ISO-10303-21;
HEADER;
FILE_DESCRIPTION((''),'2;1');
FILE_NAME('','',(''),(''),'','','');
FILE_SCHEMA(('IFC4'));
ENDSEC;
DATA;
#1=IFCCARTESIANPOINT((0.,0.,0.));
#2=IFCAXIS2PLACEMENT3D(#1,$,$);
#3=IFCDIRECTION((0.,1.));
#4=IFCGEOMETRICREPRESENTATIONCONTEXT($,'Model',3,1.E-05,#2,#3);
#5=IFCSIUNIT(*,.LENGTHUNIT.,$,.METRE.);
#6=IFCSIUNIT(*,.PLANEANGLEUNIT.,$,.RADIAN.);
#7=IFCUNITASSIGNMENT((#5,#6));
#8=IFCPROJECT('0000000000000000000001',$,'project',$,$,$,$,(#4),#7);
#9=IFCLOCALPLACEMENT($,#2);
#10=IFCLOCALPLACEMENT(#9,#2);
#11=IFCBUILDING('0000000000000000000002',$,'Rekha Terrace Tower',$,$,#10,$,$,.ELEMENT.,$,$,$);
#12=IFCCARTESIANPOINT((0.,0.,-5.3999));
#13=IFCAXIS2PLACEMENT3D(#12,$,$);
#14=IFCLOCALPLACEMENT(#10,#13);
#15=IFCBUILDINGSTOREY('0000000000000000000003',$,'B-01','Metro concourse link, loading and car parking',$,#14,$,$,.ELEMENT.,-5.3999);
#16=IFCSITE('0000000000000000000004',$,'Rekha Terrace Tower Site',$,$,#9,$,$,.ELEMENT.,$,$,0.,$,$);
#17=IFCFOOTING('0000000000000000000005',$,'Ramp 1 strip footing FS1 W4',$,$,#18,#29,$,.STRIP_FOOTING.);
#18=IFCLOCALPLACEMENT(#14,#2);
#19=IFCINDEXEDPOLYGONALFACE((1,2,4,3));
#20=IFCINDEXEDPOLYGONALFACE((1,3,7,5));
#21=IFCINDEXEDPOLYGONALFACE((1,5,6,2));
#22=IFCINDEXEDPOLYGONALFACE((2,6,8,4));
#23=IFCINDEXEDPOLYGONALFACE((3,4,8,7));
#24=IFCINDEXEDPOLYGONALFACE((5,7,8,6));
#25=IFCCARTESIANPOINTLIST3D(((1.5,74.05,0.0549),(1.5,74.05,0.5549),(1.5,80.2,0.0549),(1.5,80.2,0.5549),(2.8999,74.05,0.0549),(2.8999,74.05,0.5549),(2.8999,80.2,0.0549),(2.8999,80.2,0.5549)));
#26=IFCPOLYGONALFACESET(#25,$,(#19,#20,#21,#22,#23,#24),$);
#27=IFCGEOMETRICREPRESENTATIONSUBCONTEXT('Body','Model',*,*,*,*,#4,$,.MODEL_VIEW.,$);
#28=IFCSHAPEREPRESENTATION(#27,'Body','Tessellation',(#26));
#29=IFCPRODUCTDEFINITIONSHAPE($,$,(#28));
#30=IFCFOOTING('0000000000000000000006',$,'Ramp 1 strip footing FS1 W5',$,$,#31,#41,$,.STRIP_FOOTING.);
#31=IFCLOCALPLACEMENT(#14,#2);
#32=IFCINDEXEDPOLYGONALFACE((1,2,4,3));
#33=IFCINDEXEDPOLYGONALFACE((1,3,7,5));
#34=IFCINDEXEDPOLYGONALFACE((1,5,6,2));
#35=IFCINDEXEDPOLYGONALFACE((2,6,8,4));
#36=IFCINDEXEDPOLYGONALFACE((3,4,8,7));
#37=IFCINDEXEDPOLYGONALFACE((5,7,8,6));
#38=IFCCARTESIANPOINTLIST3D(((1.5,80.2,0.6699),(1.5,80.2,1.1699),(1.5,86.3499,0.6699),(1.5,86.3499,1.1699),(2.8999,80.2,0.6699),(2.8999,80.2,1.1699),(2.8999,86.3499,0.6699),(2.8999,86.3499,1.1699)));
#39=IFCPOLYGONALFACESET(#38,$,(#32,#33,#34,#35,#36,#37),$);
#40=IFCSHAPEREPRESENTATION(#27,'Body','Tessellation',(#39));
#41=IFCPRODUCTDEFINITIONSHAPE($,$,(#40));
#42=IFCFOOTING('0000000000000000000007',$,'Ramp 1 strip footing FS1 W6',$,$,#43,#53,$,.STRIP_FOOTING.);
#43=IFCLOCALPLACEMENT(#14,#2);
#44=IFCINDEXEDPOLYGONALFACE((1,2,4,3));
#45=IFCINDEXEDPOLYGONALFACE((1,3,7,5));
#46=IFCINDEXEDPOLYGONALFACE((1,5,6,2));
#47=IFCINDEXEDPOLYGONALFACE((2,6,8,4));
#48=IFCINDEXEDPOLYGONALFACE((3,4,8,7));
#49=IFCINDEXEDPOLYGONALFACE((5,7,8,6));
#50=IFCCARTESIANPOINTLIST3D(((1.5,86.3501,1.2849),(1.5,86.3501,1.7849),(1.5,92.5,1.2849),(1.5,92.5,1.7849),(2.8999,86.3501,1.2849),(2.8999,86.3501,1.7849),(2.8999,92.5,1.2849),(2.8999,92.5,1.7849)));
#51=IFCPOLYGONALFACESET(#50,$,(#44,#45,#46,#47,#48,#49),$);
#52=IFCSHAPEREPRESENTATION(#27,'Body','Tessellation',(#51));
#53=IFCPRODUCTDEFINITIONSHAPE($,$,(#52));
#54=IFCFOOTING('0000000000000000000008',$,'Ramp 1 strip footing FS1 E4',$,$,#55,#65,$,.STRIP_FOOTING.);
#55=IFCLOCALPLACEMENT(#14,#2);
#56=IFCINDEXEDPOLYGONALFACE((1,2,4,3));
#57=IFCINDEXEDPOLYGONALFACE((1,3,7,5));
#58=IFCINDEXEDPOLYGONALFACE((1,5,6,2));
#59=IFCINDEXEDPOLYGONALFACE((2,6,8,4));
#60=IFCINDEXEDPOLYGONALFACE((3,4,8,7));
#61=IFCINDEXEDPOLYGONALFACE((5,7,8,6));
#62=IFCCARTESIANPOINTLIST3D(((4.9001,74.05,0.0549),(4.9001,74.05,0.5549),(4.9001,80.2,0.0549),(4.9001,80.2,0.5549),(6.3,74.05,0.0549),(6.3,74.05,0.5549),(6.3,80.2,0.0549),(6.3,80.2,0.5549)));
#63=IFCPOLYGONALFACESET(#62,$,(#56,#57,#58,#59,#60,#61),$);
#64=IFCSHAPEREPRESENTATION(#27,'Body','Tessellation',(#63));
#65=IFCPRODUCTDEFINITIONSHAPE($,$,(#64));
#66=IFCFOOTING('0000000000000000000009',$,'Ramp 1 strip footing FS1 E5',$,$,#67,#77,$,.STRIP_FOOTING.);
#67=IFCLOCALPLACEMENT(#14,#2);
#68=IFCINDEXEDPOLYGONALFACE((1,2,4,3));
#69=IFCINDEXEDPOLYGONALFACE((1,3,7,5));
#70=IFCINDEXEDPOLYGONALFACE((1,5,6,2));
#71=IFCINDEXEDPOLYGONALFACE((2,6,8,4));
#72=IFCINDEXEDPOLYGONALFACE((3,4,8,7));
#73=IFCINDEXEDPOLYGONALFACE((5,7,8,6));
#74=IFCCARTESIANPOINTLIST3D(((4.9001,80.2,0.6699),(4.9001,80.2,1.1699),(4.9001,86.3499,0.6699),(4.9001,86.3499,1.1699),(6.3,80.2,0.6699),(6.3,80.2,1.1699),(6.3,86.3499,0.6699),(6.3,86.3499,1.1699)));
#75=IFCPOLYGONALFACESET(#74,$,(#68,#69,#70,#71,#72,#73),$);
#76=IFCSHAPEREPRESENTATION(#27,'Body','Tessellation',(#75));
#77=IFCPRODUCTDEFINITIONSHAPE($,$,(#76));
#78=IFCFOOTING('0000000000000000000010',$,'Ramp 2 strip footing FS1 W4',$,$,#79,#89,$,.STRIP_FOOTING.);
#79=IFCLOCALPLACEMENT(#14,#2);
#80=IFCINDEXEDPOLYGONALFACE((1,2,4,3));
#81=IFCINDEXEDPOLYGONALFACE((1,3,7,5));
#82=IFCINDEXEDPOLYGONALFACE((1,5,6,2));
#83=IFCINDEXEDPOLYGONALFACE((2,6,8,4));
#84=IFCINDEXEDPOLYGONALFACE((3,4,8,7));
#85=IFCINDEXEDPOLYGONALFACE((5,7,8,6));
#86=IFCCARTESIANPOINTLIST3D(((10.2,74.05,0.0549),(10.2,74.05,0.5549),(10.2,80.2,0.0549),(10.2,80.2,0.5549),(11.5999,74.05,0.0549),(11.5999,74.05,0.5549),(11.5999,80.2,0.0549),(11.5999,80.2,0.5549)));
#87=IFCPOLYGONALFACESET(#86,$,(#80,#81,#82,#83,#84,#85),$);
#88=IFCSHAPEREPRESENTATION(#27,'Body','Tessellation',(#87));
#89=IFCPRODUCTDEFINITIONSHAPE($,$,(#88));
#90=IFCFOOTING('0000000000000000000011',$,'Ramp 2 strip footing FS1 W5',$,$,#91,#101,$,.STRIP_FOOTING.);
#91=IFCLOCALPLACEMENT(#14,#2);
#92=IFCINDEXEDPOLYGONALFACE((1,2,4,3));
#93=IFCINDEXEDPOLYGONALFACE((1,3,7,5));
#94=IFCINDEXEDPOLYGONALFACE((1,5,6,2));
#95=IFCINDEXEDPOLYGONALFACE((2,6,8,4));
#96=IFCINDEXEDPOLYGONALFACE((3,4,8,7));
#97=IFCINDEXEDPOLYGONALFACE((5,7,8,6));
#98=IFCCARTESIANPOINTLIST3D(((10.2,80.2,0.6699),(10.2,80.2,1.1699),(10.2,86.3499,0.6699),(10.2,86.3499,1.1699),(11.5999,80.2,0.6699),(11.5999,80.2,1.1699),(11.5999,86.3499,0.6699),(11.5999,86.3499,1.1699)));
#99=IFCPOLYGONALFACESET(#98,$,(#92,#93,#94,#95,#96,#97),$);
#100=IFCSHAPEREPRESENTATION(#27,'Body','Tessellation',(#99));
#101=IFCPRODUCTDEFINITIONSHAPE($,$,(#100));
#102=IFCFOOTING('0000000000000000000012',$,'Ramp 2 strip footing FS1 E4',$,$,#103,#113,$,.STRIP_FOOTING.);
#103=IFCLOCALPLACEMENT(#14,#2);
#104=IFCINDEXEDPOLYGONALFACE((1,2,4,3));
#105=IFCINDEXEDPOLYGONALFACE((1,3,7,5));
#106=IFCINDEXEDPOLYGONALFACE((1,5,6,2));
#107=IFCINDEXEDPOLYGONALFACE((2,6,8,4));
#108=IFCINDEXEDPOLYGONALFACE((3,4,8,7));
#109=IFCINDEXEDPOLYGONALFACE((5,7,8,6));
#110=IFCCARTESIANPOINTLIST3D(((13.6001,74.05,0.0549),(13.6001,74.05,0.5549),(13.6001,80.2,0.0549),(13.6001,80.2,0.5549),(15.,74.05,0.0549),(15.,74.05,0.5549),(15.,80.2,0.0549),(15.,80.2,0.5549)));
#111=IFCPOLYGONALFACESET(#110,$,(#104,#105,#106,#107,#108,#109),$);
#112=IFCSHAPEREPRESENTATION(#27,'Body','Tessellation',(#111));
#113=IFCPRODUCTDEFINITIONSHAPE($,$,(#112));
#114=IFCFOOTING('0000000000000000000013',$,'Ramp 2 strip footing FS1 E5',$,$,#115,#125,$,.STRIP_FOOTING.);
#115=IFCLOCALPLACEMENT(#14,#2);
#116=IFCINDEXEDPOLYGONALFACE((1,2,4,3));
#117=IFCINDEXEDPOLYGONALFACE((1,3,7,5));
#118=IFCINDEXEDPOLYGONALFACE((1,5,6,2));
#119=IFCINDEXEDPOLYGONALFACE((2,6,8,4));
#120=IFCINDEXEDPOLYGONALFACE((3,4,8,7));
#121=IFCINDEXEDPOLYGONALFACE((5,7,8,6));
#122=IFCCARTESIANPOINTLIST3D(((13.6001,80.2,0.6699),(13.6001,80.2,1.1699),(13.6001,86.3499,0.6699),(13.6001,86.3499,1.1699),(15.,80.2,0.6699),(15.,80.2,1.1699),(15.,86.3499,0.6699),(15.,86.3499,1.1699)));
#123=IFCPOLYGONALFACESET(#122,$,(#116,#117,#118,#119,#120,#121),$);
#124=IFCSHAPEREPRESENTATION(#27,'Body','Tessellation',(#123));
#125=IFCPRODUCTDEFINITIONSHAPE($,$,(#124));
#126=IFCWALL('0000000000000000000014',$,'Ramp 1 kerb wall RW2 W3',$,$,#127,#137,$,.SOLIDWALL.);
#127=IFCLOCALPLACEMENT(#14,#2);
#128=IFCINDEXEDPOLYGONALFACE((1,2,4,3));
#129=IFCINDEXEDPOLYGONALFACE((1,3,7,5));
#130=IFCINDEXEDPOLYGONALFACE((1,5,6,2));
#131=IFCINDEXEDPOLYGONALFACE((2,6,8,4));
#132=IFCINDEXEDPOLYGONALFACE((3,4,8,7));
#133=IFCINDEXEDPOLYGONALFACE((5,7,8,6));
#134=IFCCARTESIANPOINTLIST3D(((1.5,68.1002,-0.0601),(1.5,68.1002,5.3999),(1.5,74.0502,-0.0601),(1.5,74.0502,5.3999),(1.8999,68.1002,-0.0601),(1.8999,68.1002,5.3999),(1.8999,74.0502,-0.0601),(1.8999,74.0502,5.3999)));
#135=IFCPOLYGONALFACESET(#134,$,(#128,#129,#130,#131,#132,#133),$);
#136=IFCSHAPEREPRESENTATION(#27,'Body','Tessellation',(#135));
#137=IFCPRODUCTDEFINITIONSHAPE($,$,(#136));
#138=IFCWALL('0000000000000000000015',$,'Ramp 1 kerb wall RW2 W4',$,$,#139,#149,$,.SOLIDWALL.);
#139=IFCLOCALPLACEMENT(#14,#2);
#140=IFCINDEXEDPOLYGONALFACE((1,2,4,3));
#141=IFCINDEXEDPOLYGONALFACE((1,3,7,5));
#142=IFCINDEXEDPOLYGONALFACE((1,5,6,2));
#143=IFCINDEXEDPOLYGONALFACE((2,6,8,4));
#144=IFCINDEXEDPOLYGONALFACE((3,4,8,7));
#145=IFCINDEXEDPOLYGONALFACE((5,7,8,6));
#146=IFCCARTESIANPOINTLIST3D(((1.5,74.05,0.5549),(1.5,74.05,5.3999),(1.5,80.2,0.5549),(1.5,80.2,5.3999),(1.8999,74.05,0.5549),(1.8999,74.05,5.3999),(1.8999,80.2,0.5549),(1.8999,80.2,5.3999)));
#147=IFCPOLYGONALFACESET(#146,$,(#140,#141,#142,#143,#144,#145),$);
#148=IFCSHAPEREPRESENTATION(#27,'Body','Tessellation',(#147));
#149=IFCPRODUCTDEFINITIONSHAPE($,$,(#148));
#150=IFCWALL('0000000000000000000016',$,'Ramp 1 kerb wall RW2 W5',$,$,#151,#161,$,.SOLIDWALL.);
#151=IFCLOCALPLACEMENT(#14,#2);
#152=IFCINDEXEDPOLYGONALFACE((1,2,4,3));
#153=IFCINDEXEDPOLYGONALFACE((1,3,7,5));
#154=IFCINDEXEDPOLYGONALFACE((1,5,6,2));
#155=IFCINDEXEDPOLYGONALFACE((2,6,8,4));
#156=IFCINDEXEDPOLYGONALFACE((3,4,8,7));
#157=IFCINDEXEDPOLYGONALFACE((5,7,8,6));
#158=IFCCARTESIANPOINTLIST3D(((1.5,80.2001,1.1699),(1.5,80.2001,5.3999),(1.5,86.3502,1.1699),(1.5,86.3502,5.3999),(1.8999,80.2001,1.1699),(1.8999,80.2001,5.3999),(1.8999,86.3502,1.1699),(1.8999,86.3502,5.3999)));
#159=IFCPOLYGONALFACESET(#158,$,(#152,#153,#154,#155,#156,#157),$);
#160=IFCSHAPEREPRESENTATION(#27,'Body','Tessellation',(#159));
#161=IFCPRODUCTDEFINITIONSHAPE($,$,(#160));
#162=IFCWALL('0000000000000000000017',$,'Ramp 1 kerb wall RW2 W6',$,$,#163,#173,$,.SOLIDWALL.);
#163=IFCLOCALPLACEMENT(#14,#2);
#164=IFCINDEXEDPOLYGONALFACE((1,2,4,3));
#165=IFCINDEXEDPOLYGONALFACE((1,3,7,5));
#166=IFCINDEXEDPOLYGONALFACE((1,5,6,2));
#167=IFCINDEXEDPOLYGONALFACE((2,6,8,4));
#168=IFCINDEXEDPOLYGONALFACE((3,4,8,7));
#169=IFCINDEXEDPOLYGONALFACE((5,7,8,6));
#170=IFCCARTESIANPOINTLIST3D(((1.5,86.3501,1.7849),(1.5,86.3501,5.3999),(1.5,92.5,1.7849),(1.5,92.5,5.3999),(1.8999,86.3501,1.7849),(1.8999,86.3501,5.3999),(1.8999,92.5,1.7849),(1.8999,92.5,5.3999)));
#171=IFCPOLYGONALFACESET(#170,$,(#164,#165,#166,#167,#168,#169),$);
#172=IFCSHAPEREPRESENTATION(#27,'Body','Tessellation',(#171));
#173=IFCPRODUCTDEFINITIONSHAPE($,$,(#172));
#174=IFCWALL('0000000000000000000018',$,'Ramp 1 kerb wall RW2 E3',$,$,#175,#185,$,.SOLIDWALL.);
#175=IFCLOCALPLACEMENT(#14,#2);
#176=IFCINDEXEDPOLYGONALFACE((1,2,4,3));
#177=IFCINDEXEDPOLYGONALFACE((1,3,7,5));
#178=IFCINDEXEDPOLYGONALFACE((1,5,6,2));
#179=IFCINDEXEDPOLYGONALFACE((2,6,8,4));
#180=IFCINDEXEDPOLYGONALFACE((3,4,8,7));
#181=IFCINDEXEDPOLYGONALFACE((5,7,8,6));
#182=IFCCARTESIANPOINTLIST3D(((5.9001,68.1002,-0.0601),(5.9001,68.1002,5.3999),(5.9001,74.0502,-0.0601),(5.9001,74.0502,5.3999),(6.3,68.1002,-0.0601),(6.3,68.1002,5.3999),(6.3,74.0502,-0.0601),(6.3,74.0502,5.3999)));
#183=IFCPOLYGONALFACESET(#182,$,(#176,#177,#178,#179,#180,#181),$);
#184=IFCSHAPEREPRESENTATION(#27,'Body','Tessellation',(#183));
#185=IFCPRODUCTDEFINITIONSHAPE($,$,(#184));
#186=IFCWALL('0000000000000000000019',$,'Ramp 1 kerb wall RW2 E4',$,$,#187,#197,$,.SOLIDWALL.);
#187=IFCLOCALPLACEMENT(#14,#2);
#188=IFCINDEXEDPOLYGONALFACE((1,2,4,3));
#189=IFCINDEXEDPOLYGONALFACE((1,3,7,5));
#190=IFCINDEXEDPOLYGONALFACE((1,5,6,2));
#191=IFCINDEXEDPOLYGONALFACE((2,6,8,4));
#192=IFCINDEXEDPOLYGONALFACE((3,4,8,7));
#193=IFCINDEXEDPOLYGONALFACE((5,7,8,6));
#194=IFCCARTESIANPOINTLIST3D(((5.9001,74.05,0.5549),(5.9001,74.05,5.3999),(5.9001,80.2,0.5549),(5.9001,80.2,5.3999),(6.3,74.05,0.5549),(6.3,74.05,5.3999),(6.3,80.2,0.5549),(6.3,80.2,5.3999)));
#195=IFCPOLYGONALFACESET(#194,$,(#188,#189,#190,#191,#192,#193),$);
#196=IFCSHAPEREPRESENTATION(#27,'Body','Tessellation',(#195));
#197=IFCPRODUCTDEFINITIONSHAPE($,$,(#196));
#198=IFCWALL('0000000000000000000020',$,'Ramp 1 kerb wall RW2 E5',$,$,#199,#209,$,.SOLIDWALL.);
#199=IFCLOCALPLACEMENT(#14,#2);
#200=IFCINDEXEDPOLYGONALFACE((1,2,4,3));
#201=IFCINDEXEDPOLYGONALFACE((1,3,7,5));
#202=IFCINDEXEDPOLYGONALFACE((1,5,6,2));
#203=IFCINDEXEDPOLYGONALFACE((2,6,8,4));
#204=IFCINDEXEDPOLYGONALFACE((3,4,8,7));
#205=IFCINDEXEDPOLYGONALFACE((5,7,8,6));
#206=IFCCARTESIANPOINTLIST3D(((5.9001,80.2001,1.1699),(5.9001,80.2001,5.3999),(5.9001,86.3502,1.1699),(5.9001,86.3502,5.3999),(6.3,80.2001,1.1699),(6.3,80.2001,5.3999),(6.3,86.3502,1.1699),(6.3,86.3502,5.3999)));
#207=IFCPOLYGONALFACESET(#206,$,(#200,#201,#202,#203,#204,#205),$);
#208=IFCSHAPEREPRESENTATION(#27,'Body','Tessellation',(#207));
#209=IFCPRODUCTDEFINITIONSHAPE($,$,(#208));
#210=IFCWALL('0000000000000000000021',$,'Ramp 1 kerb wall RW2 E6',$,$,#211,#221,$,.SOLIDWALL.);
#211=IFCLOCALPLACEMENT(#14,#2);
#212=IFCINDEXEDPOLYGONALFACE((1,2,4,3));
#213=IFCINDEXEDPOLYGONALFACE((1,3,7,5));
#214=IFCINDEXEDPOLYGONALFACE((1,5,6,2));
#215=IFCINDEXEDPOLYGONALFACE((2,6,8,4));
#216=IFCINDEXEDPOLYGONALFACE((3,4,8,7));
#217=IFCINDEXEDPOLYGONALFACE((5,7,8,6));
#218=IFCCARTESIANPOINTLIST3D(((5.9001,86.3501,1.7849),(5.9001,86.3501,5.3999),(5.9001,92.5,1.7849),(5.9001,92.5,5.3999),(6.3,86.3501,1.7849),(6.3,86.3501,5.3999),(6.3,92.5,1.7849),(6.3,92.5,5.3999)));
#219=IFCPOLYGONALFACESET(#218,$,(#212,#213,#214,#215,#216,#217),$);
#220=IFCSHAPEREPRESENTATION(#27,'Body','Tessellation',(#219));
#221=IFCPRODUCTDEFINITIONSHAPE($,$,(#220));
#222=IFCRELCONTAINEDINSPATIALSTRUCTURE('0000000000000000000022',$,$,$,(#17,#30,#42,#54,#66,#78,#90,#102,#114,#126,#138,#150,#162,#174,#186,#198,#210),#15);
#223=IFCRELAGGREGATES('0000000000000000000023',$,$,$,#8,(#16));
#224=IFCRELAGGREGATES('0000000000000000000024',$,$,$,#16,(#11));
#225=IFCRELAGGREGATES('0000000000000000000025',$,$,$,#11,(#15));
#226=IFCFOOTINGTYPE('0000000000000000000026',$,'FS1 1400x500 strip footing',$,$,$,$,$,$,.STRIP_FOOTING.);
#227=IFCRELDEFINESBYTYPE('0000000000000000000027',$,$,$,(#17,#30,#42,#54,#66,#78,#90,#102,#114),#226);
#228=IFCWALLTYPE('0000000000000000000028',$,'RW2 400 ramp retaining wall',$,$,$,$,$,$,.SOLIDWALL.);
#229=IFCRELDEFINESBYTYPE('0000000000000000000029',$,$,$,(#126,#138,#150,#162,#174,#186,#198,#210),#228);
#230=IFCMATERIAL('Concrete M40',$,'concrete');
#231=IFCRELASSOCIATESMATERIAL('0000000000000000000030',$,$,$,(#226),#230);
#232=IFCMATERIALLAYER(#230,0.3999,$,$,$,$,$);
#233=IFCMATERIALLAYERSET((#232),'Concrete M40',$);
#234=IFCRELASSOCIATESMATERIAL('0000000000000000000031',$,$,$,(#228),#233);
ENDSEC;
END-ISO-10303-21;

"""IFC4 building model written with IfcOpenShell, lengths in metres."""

from ifc_helpers import new_model, si_unit, direction, frame, frame_2d, origin, origin_2d, place, context, subcontext, project, spatial, rectangle, extrude, material, layer, layer_set, type_object, element, save


model = new_model("IFC4")

# Units and contexts
model_context = context("Model", 3, precision=1e-05, world=origin(), true_north=direction((0.0, 1.0)))
body_context = subcontext(model_context, "Body", "Model", "MODEL_VIEW")
ifc_project = project(units=[si_unit("LENGTHUNIT", "METRE"), si_unit("PLANEANGLEUNIT", "RADIAN")], contexts=[model_context])

# Site, building, storey
site_placement = place(None, origin())
site = spatial("IfcSite", under=ifc_project, at=site_placement, Name="Rekha Terrace Tower Site", CompositionType="ELEMENT", RefElevation=0.0)
building_placement = place(site_placement, origin())
building = spatial("IfcBuilding", under=site, at=building_placement, Name="Rekha Terrace Tower", CompositionType="ELEMENT")
storey_placement = place(building_placement, frame((0.0, 0.0, -5.3999)))
storey = spatial("IfcBuildingStorey", under=building, at=storey_placement, Name="B-01", Description="Metro concourse link, loading and car parking", CompositionType="ELEMENT", Elevation=-5.3999)

# Footings
ifc_material = material(Name="Concrete M40", Category="concrete")
footing_type = type_object("IfcFootingType", Name="FS1 1400x500 strip footing", PredefinedType="STRIP_FOOTING", material=ifc_material)
for number, where, z_axis, x_axis, name in (
    (1, (2.2, 77.125, 0.0549), (0.0, 0.0, 1.0), (1.0, 0.0, 0.0), "Ramp 1 strip footing FS1 W4"),
    (2, (2.2, 83.2749, 0.6699), (0.0, 0.0, 1.0), (1.0, 0.0, 0.0), "Ramp 1 strip footing FS1 W5"),
    (3, (2.2, 89.425, 1.2849), (0.0, 0.0, 1.0), (1.0, 0.0, 0.0), "Ramp 1 strip footing FS1 W6"),
    (4, (5.6001, 77.125, 0.0549), (0.0, 0.0, 1.0), (1.0, 0.0, 0.0), "Ramp 1 strip footing FS1 E4"),
    (5, (5.6001, 83.2749, 0.6699), (0.0, 0.0, 1.0), (1.0, 0.0, 0.0), "Ramp 1 strip footing FS1 E5"),
    (6, (10.8999, 77.125, 0.0549), (0.0, 0.0, 1.0), (1.0, 0.0, 0.0), "Ramp 2 strip footing FS1 W4"),
    (7, (10.8999, 83.2749, 0.6699), (0.0, 0.0, 1.0), (1.0, 0.0, 0.0), "Ramp 2 strip footing FS1 W5"),
    (8, (14.3, 77.125, 0.0549), (0.0, 0.0, 1.0), (1.0, 0.0, 0.0), "Ramp 2 strip footing FS1 E4"),
    (9, (14.3, 83.2749, 0.6699), (0.0, 0.0, 1.0), (1.0, 0.0, 0.0), "Ramp 2 strip footing FS1 E5"),
):
    element("IfcFooting", number, at=place(storey_placement, frame(where, z_axis=z_axis, x_axis=x_axis)), inside=storey, type_object=footing_type, Name=name, PredefinedType="STRIP_FOOTING", context=body_context, shape_type="SweptSolid", body=[
        extrude(rectangle(XDim=1.3999, YDim=6.1499, at=origin_2d()), origin(), (0.0, 0.0, 1.0), 0.5),
    ])

# Walls
ifc_layer = layer(ifc_material, 0.3999)
ifc_layer_set = layer_set([ifc_layer], Name="Concrete M40")
wall_type = type_object("IfcWallType", Name="RW2 400 ramp retaining wall", PredefinedType="SOLIDWALL", material=ifc_layer_set)
wall_1_placement = place(storey_placement, frame((1.7, 68.1001, -0.0601), z_axis=(0.0, 0.0, 1.0), x_axis=(0.0, 1.0, 0.0)))
element("IfcWall", 10, at=wall_1_placement, inside=storey, type_object=wall_type, Name="Ramp 1 kerb wall RW2 W3", PredefinedType="SOLIDWALL", context=body_context, shape_type="SweptSolid", body=[
    extrude(rectangle(XDim=5.95, YDim=0.3999, at=frame_2d((2.9751, 0.0))), origin(), (0.0, 0.0, 1.0), 5.46),
])
wall_2_placement = place(storey_placement, frame((1.7, 74.05, 0.5549), z_axis=(0.0, 0.0, 1.0), x_axis=(0.0, 1.0, 0.0)))
element("IfcWall", 11, at=wall_2_placement, inside=storey, type_object=wall_type, Name="Ramp 1 kerb wall RW2 W4", PredefinedType="SOLIDWALL", context=body_context, shape_type="SweptSolid", body=[
    extrude(rectangle(XDim=6.1499, YDim=0.3999, at=frame_2d((3.075, 0.0))), origin(), (0.0, 0.0, 1.0), 4.845),
])
wall_3_placement = place(storey_placement, frame((1.7, 80.2, 1.1699), z_axis=(0.0, 0.0, 1.0), x_axis=(0.0, 1.0, 0.0)))
element("IfcWall", 12, at=wall_3_placement, inside=storey, type_object=wall_type, Name="Ramp 1 kerb wall RW2 W5", PredefinedType="SOLIDWALL", context=body_context, shape_type="SweptSolid", body=[
    extrude(rectangle(XDim=6.1501, YDim=0.3999, at=frame_2d((3.0752, 0.0))), origin(), (0.0, 0.0, 1.0), 4.23),
])
wall_4_placement = place(storey_placement, frame((1.7, 86.3501, 1.7849), z_axis=(0.0, 0.0, 1.0), x_axis=(0.0, 1.0, 0.0)))
element("IfcWall", 13, at=wall_4_placement, inside=storey, type_object=wall_type, Name="Ramp 1 kerb wall RW2 W6", PredefinedType="SOLIDWALL", context=body_context, shape_type="SweptSolid", body=[
    extrude(rectangle(XDim=6.1499, YDim=0.3999, at=frame_2d((3.075, 0.0))), origin(), (0.0, 0.0, 1.0), 3.615),
])
wall_5_placement = place(storey_placement, frame((6.1001, 68.1001, -0.0601), z_axis=(0.0, 0.0, 1.0), x_axis=(0.0, 1.0, 0.0)))
element("IfcWall", 14, at=wall_5_placement, inside=storey, type_object=wall_type, Name="Ramp 1 kerb wall RW2 E3", PredefinedType="SOLIDWALL", context=body_context, shape_type="SweptSolid", body=[
    extrude(rectangle(XDim=5.95, YDim=0.3999, at=frame_2d((2.9751, 0.0))), origin(), (0.0, 0.0, 1.0), 5.46),
])
wall_6_placement = place(storey_placement, frame((6.1001, 74.05, 0.5549), z_axis=(0.0, 0.0, 1.0), x_axis=(0.0, 1.0, 0.0)))
element("IfcWall", 15, at=wall_6_placement, inside=storey, type_object=wall_type, Name="Ramp 1 kerb wall RW2 E4", PredefinedType="SOLIDWALL", context=body_context, shape_type="SweptSolid", body=[
    extrude(rectangle(XDim=6.1499, YDim=0.3999, at=frame_2d((3.075, 0.0))), origin(), (0.0, 0.0, 1.0), 4.845),
])
wall_7_placement = place(storey_placement, frame((6.1001, 80.2, 1.1699), z_axis=(0.0, 0.0, 1.0), x_axis=(0.0, 1.0, 0.0)))
element("IfcWall", 16, at=wall_7_placement, inside=storey, type_object=wall_type, Name="Ramp 1 kerb wall RW2 E5", PredefinedType="SOLIDWALL", context=body_context, shape_type="SweptSolid", body=[
    extrude(rectangle(XDim=6.1501, YDim=0.3999, at=frame_2d((3.0752, 0.0))), origin(), (0.0, 0.0, 1.0), 4.23),
])
wall_8_placement = place(storey_placement, frame((6.1001, 86.3501, 1.7849), z_axis=(0.0, 0.0, 1.0), x_axis=(0.0, 1.0, 0.0)))
element("IfcWall", 17, at=wall_8_placement, inside=storey, type_object=wall_type, Name="Ramp 1 kerb wall RW2 E6", PredefinedType="SOLIDWALL", context=body_context, shape_type="SweptSolid", body=[
    extrude(rectangle(XDim=6.1499, YDim=0.3999, at=frame_2d((3.075, 0.0))), origin(), (0.0, 0.0, 1.0), 3.615),
])

save(model, "model.ifc")
